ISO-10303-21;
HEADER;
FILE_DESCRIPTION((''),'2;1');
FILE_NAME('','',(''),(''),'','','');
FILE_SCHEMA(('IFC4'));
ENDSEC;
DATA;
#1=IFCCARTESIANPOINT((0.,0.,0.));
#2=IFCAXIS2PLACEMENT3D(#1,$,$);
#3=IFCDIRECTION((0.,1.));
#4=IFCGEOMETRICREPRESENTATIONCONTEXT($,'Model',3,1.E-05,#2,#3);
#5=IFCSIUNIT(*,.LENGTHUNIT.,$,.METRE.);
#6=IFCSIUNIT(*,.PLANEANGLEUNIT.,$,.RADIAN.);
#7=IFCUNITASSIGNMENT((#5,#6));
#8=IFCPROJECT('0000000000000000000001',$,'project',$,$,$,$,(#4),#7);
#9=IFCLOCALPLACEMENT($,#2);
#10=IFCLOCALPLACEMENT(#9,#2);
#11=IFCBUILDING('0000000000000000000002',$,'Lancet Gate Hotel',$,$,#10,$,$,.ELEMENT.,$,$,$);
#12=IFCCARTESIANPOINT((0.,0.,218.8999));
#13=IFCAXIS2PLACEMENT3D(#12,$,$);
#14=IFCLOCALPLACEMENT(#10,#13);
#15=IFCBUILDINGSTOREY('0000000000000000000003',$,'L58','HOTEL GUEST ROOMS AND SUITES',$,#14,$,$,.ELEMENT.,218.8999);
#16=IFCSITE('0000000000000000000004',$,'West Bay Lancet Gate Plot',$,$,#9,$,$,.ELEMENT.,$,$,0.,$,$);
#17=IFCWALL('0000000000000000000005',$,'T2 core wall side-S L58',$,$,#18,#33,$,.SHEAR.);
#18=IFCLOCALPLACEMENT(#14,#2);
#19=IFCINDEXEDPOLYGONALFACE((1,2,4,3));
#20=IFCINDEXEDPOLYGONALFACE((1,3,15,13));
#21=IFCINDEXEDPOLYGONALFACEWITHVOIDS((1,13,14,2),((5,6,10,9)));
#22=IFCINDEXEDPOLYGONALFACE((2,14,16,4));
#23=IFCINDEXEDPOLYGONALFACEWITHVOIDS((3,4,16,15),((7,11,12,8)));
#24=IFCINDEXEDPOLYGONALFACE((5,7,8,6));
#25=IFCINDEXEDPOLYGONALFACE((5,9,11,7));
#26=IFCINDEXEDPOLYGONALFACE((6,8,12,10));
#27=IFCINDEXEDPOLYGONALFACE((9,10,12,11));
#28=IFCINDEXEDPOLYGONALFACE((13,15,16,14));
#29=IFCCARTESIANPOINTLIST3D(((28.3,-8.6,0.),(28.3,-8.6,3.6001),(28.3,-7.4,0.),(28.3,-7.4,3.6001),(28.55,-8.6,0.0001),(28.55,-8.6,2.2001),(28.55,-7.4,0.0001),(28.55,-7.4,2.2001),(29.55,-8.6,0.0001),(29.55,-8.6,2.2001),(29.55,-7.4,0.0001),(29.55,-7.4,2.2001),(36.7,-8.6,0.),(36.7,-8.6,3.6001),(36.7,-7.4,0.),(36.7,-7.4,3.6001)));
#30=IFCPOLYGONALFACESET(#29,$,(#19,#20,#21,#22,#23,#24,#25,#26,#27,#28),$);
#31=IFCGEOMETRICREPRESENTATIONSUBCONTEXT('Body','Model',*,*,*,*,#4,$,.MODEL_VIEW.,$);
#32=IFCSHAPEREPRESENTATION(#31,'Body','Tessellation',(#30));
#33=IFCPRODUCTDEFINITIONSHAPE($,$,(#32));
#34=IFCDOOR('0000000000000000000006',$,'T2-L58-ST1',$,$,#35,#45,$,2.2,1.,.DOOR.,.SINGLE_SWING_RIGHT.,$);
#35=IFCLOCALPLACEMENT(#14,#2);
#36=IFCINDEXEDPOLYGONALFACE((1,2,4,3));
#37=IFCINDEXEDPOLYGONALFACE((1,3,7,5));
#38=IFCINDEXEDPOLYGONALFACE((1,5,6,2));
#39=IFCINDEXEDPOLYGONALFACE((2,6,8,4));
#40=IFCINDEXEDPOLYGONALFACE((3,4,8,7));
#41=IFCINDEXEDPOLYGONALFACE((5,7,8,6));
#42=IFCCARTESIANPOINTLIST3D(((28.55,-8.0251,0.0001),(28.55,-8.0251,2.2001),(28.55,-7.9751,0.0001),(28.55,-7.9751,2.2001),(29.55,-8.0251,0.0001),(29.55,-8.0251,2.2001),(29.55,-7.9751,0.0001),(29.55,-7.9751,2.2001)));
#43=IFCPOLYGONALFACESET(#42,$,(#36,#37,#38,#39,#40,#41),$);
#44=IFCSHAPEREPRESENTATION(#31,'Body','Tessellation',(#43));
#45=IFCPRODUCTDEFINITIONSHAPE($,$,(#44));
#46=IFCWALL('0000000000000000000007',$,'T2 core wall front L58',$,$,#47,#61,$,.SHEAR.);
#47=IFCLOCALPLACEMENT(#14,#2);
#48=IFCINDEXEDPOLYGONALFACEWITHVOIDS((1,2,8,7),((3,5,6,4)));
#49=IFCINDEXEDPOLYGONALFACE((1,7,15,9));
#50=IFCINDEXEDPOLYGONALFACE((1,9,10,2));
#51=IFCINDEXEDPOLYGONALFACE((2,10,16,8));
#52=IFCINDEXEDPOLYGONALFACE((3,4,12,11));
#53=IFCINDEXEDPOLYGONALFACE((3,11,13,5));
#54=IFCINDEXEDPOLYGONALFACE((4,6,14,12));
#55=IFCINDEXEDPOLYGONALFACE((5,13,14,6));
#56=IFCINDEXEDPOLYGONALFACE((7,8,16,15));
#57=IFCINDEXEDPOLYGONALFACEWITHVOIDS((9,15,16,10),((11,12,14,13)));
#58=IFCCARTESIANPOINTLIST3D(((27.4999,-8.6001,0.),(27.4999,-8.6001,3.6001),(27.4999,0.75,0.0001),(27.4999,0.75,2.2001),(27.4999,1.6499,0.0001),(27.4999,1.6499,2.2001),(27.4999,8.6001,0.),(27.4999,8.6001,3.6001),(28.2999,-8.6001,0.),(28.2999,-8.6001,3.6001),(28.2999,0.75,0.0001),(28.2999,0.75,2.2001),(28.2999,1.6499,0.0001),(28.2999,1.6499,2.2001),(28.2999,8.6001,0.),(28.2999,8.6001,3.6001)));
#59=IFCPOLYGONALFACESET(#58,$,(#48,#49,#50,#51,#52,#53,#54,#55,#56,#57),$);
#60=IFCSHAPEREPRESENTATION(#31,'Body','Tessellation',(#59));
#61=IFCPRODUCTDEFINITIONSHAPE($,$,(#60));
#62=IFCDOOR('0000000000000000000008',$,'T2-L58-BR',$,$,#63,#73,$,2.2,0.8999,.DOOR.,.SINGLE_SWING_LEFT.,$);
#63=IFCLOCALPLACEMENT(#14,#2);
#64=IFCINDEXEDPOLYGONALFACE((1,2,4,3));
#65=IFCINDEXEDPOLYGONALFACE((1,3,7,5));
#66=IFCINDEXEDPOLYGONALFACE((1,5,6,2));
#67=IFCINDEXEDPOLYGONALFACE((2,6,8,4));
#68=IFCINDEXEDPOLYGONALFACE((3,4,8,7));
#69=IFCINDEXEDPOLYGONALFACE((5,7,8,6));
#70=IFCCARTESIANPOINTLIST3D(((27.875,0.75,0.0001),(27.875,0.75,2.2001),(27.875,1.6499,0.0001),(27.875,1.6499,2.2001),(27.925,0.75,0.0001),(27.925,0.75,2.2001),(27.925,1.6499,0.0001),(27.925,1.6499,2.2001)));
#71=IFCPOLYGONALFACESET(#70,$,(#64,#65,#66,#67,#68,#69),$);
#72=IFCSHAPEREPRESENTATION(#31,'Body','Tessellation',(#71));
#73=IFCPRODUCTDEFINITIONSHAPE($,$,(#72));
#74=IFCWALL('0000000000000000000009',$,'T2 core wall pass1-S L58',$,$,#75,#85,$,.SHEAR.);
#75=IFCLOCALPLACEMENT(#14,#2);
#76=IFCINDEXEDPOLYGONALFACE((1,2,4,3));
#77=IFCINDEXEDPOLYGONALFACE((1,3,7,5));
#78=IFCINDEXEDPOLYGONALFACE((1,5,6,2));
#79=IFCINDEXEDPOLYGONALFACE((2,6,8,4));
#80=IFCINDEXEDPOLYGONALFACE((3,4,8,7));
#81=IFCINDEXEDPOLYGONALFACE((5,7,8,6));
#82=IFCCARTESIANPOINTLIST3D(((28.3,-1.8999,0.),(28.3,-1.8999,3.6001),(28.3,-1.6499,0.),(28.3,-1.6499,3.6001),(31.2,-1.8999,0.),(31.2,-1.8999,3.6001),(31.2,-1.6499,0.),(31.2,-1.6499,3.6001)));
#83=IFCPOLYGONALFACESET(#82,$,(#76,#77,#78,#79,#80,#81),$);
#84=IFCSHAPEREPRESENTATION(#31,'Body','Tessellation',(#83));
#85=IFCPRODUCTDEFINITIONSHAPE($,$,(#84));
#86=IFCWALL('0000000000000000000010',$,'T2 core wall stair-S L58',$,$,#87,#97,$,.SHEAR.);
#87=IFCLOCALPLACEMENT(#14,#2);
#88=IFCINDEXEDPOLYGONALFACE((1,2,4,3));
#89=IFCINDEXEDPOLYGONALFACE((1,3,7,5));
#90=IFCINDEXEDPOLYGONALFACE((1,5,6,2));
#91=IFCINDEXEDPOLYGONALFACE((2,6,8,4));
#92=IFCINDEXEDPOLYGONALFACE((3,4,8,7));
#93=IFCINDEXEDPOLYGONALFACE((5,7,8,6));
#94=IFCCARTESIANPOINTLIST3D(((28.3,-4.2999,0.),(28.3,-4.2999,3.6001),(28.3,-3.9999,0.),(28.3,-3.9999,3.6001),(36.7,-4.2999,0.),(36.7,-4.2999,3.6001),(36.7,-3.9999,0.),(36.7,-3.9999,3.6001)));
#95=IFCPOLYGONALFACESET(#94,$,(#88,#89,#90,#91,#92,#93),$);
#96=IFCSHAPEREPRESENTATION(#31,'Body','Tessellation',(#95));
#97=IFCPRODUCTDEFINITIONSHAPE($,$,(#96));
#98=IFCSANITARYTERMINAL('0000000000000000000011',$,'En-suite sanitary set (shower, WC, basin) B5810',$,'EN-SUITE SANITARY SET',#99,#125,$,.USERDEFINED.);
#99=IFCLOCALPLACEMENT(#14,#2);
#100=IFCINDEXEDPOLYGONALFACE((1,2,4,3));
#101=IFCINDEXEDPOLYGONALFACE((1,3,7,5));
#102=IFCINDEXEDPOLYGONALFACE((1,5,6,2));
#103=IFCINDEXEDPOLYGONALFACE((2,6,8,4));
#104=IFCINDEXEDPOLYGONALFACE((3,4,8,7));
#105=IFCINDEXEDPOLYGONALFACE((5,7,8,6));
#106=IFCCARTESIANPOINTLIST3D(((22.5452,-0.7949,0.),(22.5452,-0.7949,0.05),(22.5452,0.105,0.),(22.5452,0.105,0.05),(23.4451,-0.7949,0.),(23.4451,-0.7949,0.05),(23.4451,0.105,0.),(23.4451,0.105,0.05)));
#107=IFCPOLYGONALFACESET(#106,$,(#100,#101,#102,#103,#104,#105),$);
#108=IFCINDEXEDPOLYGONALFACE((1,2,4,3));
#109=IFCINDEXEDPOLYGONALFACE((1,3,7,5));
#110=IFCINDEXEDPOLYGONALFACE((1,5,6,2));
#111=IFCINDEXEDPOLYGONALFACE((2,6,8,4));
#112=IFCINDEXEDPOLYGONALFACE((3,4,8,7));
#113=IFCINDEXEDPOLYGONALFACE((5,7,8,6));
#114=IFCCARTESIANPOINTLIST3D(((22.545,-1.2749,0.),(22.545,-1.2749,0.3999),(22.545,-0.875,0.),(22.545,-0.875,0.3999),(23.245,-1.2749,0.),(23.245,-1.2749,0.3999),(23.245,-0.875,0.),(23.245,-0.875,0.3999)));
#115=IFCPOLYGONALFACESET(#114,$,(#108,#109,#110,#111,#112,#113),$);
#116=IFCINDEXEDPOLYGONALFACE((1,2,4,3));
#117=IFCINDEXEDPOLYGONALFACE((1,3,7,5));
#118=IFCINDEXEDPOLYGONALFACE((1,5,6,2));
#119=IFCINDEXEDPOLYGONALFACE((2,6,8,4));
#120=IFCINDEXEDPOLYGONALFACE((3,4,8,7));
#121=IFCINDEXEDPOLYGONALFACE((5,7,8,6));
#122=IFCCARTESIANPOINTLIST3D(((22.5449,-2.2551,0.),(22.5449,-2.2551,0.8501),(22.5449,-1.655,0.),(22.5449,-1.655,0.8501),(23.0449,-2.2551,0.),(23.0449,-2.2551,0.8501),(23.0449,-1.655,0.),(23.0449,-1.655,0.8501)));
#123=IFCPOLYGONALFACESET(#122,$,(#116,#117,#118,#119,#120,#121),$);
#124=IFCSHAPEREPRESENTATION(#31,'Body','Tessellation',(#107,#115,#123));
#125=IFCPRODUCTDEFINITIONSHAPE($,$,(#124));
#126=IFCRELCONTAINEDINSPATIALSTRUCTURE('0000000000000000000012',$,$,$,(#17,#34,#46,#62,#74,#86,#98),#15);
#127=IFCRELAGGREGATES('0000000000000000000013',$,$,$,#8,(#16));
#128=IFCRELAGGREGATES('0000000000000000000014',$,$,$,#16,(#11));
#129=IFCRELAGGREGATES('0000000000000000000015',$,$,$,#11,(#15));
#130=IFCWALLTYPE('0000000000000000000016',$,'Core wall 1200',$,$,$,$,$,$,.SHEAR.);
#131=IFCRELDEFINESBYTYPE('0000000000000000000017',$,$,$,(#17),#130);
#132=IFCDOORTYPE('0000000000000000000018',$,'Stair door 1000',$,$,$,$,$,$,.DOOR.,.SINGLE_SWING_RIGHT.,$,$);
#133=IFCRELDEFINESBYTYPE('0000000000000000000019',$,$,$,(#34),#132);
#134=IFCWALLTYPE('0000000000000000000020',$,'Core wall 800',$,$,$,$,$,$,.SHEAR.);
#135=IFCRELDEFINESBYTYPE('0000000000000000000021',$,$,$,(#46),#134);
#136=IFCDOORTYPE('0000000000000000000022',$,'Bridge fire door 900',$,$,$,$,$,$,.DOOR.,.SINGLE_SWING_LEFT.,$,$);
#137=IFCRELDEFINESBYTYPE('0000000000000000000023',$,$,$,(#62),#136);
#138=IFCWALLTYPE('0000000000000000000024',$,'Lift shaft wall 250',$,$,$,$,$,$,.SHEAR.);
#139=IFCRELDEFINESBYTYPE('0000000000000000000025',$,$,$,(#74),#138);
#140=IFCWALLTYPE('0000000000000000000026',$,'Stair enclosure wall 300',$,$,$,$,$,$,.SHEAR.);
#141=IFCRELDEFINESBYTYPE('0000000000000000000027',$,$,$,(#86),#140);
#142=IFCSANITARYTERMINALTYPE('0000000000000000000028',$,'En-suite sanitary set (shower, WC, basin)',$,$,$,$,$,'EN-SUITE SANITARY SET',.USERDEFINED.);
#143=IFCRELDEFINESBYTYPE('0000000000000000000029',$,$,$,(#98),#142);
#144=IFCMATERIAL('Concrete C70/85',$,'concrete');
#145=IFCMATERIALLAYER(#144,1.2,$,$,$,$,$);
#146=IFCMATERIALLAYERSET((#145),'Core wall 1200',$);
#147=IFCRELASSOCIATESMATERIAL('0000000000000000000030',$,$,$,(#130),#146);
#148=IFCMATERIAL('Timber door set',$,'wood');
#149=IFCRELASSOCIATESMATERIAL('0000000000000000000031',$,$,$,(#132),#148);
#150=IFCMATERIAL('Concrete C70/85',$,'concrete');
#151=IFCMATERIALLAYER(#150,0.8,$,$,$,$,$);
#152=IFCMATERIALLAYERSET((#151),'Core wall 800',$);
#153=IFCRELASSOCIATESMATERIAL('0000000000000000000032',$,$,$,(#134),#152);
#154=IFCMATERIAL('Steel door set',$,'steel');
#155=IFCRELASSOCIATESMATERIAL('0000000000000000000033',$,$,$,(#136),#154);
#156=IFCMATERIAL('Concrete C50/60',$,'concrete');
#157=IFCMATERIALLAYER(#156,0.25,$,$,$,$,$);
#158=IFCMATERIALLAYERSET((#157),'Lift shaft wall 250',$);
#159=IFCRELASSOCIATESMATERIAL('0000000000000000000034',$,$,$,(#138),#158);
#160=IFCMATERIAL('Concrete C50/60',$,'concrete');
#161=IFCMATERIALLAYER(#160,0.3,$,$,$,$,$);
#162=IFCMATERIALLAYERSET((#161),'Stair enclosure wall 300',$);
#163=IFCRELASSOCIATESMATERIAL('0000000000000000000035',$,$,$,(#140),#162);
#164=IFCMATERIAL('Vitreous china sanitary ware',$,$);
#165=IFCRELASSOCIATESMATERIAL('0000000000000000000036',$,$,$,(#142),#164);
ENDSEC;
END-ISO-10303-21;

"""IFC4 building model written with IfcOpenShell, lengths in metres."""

from ifc_helpers import new_model, si_unit, direction, frame, frame_2d, origin, origin_2d, place, context, subcontext, project, spatial, rectangle, extrude, material, layer, layer_set, type_object, element, fill, save


model = new_model("IFC4")

# Units and contexts
model_context = context("Model", 3, precision=1e-05, world=origin(), true_north=direction((0.0, 1.0)))
body_context = subcontext(model_context, "Body", "Model", "MODEL_VIEW")
ifc_project = project(units=[si_unit("LENGTHUNIT", "METRE"), si_unit("PLANEANGLEUNIT", "RADIAN")], contexts=[model_context])

# Site, building, storey
site_placement = place(None, origin())
site = spatial("IfcSite", under=ifc_project, at=site_placement, Name="West Bay Lancet Gate Plot", CompositionType="ELEMENT", RefElevation=0.0)
building_placement = place(site_placement, origin())
building = spatial("IfcBuilding", under=site, at=building_placement, Name="Lancet Gate Hotel", CompositionType="ELEMENT")
storey_placement = place(building_placement, frame((0.0, 0.0, 218.8999)))
storey = spatial("IfcBuildingStorey", under=building, at=storey_placement, Name="L58", Description="HOTEL GUEST ROOMS AND SUITES", CompositionType="ELEMENT", Elevation=218.8999)

# Walls, openings, doors
ifc_material_1 = material(Name="Concrete C70/85", Category="concrete")
ifc_layer_1 = layer(ifc_material_1, 1.2)
ifc_layer_set_1 = layer_set([ifc_layer_1], Name="Core wall 1200")
wall_type_1 = type_object("IfcWallType", Name="Core wall 1200", PredefinedType="SHEAR", material=ifc_layer_set_1)
wall_1_placement = place(storey_placement, frame((28.3, -8.0, 0.0), z_axis=(0.0, 0.0, 1.0), x_axis=(1.0, 0.0, 0.0)))
wall_1 = element("IfcWall", 1, at=wall_1_placement, inside=storey, type_object=wall_type_1, Name="T2 core wall side-S L58", PredefinedType="SHEAR", context=body_context, shape_type="SweptSolid", body=[
    extrude(rectangle(XDim=8.3999, YDim=1.2, at=frame_2d((4.2, 0.0))), origin(), (0.0, 0.0, 1.0), 3.6001),
])
opening_1_placement = place(wall_1_placement, frame((0.25, 0.0, 0.0)))
opening_1 = element("IfcOpeningElement", 2, at=opening_1_placement, cuts=wall_1, PredefinedType="OPENING", context=body_context, shape_type="SweptSolid", body=[
    extrude(rectangle(XDim=1.0, YDim=2.2, at=frame_2d((0.5, 1.1001))), frame((0.0, 0.6099, 0.0), z_axis=(0.0, -1.0, 0.0), x_axis=(1.0, 0.0, 0.0)), (0.0, 0.0, 1.0), 1.22),
])
ifc_material_2 = material(Name="Timber door set", Category="wood")
door_type_1 = type_object("IfcDoorType", Name="Stair door 1000", OperationType="SINGLE_SWING_RIGHT", PredefinedType="DOOR", material=ifc_material_2)
door_1_placement = place(opening_1_placement, origin())
door_1 = element("IfcDoor", 3, at=door_1_placement, inside=storey, type_object=door_type_1, Name="T2-L58-ST1", OperationType="SINGLE_SWING_RIGHT", OverallHeight=2.2, OverallWidth=1.0, PredefinedType="DOOR", context=body_context, shape_type="SweptSolid", body=[
    extrude(rectangle(XDim=1.0, YDim=2.2, at=frame_2d((0.5, 1.1001))), frame((0.0, 0.0249, 0.0), z_axis=(0.0, -1.0, 0.0), x_axis=(1.0, 0.0, 0.0)), (0.0, 0.0, 1.0), 0.05),
])
fill(opening_1, door_1)
ifc_material_3 = material(Name="Concrete C70/85", Category="concrete")
ifc_layer_2 = layer(ifc_material_3, 0.8)
ifc_layer_set_2 = layer_set([ifc_layer_2], Name="Core wall 800")
wall_type_2 = type_object("IfcWallType", Name="Core wall 800", PredefinedType="SHEAR", material=ifc_layer_set_2)
wall_2_placement = place(storey_placement, frame((27.8999, -8.6001, 0.0), z_axis=(0.0, 0.0, 1.0), x_axis=(0.0, 1.0, 0.0)))
wall_2 = element("IfcWall", 4, at=wall_2_placement, inside=storey, type_object=wall_type_2, Name="T2 core wall front L58", PredefinedType="SHEAR", context=body_context, shape_type="SweptSolid", body=[
    extrude(rectangle(XDim=17.2002, YDim=0.8, at=frame_2d((8.6001, 0.0))), origin(), (0.0, 0.0, 1.0), 3.6001),
])
opening_2_placement = place(wall_2_placement, frame((9.3501, 0.0, 0.0)))
opening_2 = element("IfcOpeningElement", 5, at=opening_2_placement, cuts=wall_2, PredefinedType="OPENING", context=body_context, shape_type="SweptSolid", body=[
    extrude(rectangle(XDim=0.8999, YDim=2.2, at=frame_2d((0.45, 1.1001))), frame((0.0, 0.4099, 0.0), z_axis=(0.0, -1.0, 0.0), x_axis=(1.0, 0.0, 0.0)), (0.0, 0.0, 1.0), 0.8201),
])
ifc_material_4 = material(Name="Steel door set", Category="steel")
door_type_2 = type_object("IfcDoorType", Name="Bridge fire door 900", OperationType="SINGLE_SWING_LEFT", PredefinedType="DOOR", material=ifc_material_4)
door_2_placement = place(opening_2_placement, origin())
door_2 = element("IfcDoor", 6, at=door_2_placement, inside=storey, type_object=door_type_2, Name="T2-L58-BR", OperationType="SINGLE_SWING_LEFT", OverallHeight=2.2, OverallWidth=0.8999, PredefinedType="DOOR", context=body_context, shape_type="SweptSolid", body=[
    extrude(rectangle(XDim=0.8999, YDim=2.2, at=frame_2d((0.45, 1.1001))), frame((0.0, 0.0249, 0.0), z_axis=(0.0, -1.0, 0.0), x_axis=(1.0, 0.0, 0.0)), (0.0, 0.0, 1.0), 0.05),
])
fill(opening_2, door_2)

# Walls
ifc_material_5 = material(Name="Concrete C50/60", Category="concrete")
ifc_layer_3 = layer(ifc_material_5, 0.25)
ifc_layer_set_3 = layer_set([ifc_layer_3], Name="Lift shaft wall 250")
wall_type_3 = type_object("IfcWallType", Name="Lift shaft wall 250", PredefinedType="SHEAR", material=ifc_layer_set_3)
wall_3_placement = place(storey_placement, frame((28.3, -1.7749, 0.0), z_axis=(0.0, 0.0, 1.0), x_axis=(1.0, 0.0, 0.0)))
element("IfcWall", 7, at=wall_3_placement, inside=storey, type_object=wall_type_3, Name="T2 core wall pass1-S L58", PredefinedType="SHEAR", context=body_context, shape_type="SweptSolid", body=[
    extrude(rectangle(XDim=2.8999, YDim=0.25, at=frame_2d((1.45, 0.0))), origin(), (0.0, 0.0, 1.0), 3.6001),
])
ifc_material_6 = material(Name="Concrete C50/60", Category="concrete")
ifc_layer_4 = layer(ifc_material_6, 0.3)
ifc_layer_set_4 = layer_set([ifc_layer_4], Name="Stair enclosure wall 300")
wall_type_4 = type_object("IfcWallType", Name="Stair enclosure wall 300", PredefinedType="SHEAR", material=ifc_layer_set_4)
wall_4_placement = place(storey_placement, frame((28.3, -4.1499, 0.0), z_axis=(0.0, 0.0, 1.0), x_axis=(1.0, 0.0, 0.0)))
element("IfcWall", 8, at=wall_4_placement, inside=storey, type_object=wall_type_4, Name="T2 core wall stair-S L58", PredefinedType="SHEAR", context=body_context, shape_type="SweptSolid", body=[
    extrude(rectangle(XDim=8.3999, YDim=0.3, at=frame_2d((4.2, 0.0))), origin(), (0.0, 0.0, 1.0), 3.6001),
])

# Sanitary terminal
ifc_material_7 = material(Name="Vitreous china sanitary ware")
sanitary_terminal_type = type_object("IfcSanitaryTerminalType", Name="En-suite sanitary set (shower, WC, basin)", ElementType="EN-SUITE SANITARY SET", PredefinedType="USERDEFINED", material=ifc_material_7)
sanitary_terminal_placement = place(storey_placement, frame((22.9951, -0.345, 0.0), z_axis=(0.0, 0.0, 1.0), x_axis=(1.0, 0.0, 0.0)))
element("IfcSanitaryTerminal", 9, at=sanitary_terminal_placement, inside=storey, type_object=sanitary_terminal_type, Name="En-suite sanitary set (shower, WC, basin) B5810", ObjectType="EN-SUITE SANITARY SET", PredefinedType="USERDEFINED", context=body_context, shape_type="SweptSolid", body=[
    extrude(rectangle(XDim=0.8999, YDim=0.8999, at=origin_2d()), frame((0.0, 0.0, 0.0), z_axis=(0.0, 0.0, 1.0), x_axis=(0.0, 1.0, 0.0)), (0.0, 0.0, 1.0), 0.05),
    extrude(rectangle(XDim=0.3999, YDim=0.7, at=origin_2d()), frame((-0.1001, -0.73, 0.0), z_axis=(0.0, 0.0, 1.0), x_axis=(0.0, 1.0, 0.0)), (0.0, 0.0, 1.0), 0.3999),
    extrude(rectangle(XDim=0.6001, YDim=0.5, at=origin_2d()), frame((-0.2002, -1.6101, 0.0), z_axis=(0.0, 0.0, 1.0), x_axis=(0.0, 1.0, 0.0)), (0.0, 0.0, 1.0), 0.8501),
])

save(model, "model.ifc")
